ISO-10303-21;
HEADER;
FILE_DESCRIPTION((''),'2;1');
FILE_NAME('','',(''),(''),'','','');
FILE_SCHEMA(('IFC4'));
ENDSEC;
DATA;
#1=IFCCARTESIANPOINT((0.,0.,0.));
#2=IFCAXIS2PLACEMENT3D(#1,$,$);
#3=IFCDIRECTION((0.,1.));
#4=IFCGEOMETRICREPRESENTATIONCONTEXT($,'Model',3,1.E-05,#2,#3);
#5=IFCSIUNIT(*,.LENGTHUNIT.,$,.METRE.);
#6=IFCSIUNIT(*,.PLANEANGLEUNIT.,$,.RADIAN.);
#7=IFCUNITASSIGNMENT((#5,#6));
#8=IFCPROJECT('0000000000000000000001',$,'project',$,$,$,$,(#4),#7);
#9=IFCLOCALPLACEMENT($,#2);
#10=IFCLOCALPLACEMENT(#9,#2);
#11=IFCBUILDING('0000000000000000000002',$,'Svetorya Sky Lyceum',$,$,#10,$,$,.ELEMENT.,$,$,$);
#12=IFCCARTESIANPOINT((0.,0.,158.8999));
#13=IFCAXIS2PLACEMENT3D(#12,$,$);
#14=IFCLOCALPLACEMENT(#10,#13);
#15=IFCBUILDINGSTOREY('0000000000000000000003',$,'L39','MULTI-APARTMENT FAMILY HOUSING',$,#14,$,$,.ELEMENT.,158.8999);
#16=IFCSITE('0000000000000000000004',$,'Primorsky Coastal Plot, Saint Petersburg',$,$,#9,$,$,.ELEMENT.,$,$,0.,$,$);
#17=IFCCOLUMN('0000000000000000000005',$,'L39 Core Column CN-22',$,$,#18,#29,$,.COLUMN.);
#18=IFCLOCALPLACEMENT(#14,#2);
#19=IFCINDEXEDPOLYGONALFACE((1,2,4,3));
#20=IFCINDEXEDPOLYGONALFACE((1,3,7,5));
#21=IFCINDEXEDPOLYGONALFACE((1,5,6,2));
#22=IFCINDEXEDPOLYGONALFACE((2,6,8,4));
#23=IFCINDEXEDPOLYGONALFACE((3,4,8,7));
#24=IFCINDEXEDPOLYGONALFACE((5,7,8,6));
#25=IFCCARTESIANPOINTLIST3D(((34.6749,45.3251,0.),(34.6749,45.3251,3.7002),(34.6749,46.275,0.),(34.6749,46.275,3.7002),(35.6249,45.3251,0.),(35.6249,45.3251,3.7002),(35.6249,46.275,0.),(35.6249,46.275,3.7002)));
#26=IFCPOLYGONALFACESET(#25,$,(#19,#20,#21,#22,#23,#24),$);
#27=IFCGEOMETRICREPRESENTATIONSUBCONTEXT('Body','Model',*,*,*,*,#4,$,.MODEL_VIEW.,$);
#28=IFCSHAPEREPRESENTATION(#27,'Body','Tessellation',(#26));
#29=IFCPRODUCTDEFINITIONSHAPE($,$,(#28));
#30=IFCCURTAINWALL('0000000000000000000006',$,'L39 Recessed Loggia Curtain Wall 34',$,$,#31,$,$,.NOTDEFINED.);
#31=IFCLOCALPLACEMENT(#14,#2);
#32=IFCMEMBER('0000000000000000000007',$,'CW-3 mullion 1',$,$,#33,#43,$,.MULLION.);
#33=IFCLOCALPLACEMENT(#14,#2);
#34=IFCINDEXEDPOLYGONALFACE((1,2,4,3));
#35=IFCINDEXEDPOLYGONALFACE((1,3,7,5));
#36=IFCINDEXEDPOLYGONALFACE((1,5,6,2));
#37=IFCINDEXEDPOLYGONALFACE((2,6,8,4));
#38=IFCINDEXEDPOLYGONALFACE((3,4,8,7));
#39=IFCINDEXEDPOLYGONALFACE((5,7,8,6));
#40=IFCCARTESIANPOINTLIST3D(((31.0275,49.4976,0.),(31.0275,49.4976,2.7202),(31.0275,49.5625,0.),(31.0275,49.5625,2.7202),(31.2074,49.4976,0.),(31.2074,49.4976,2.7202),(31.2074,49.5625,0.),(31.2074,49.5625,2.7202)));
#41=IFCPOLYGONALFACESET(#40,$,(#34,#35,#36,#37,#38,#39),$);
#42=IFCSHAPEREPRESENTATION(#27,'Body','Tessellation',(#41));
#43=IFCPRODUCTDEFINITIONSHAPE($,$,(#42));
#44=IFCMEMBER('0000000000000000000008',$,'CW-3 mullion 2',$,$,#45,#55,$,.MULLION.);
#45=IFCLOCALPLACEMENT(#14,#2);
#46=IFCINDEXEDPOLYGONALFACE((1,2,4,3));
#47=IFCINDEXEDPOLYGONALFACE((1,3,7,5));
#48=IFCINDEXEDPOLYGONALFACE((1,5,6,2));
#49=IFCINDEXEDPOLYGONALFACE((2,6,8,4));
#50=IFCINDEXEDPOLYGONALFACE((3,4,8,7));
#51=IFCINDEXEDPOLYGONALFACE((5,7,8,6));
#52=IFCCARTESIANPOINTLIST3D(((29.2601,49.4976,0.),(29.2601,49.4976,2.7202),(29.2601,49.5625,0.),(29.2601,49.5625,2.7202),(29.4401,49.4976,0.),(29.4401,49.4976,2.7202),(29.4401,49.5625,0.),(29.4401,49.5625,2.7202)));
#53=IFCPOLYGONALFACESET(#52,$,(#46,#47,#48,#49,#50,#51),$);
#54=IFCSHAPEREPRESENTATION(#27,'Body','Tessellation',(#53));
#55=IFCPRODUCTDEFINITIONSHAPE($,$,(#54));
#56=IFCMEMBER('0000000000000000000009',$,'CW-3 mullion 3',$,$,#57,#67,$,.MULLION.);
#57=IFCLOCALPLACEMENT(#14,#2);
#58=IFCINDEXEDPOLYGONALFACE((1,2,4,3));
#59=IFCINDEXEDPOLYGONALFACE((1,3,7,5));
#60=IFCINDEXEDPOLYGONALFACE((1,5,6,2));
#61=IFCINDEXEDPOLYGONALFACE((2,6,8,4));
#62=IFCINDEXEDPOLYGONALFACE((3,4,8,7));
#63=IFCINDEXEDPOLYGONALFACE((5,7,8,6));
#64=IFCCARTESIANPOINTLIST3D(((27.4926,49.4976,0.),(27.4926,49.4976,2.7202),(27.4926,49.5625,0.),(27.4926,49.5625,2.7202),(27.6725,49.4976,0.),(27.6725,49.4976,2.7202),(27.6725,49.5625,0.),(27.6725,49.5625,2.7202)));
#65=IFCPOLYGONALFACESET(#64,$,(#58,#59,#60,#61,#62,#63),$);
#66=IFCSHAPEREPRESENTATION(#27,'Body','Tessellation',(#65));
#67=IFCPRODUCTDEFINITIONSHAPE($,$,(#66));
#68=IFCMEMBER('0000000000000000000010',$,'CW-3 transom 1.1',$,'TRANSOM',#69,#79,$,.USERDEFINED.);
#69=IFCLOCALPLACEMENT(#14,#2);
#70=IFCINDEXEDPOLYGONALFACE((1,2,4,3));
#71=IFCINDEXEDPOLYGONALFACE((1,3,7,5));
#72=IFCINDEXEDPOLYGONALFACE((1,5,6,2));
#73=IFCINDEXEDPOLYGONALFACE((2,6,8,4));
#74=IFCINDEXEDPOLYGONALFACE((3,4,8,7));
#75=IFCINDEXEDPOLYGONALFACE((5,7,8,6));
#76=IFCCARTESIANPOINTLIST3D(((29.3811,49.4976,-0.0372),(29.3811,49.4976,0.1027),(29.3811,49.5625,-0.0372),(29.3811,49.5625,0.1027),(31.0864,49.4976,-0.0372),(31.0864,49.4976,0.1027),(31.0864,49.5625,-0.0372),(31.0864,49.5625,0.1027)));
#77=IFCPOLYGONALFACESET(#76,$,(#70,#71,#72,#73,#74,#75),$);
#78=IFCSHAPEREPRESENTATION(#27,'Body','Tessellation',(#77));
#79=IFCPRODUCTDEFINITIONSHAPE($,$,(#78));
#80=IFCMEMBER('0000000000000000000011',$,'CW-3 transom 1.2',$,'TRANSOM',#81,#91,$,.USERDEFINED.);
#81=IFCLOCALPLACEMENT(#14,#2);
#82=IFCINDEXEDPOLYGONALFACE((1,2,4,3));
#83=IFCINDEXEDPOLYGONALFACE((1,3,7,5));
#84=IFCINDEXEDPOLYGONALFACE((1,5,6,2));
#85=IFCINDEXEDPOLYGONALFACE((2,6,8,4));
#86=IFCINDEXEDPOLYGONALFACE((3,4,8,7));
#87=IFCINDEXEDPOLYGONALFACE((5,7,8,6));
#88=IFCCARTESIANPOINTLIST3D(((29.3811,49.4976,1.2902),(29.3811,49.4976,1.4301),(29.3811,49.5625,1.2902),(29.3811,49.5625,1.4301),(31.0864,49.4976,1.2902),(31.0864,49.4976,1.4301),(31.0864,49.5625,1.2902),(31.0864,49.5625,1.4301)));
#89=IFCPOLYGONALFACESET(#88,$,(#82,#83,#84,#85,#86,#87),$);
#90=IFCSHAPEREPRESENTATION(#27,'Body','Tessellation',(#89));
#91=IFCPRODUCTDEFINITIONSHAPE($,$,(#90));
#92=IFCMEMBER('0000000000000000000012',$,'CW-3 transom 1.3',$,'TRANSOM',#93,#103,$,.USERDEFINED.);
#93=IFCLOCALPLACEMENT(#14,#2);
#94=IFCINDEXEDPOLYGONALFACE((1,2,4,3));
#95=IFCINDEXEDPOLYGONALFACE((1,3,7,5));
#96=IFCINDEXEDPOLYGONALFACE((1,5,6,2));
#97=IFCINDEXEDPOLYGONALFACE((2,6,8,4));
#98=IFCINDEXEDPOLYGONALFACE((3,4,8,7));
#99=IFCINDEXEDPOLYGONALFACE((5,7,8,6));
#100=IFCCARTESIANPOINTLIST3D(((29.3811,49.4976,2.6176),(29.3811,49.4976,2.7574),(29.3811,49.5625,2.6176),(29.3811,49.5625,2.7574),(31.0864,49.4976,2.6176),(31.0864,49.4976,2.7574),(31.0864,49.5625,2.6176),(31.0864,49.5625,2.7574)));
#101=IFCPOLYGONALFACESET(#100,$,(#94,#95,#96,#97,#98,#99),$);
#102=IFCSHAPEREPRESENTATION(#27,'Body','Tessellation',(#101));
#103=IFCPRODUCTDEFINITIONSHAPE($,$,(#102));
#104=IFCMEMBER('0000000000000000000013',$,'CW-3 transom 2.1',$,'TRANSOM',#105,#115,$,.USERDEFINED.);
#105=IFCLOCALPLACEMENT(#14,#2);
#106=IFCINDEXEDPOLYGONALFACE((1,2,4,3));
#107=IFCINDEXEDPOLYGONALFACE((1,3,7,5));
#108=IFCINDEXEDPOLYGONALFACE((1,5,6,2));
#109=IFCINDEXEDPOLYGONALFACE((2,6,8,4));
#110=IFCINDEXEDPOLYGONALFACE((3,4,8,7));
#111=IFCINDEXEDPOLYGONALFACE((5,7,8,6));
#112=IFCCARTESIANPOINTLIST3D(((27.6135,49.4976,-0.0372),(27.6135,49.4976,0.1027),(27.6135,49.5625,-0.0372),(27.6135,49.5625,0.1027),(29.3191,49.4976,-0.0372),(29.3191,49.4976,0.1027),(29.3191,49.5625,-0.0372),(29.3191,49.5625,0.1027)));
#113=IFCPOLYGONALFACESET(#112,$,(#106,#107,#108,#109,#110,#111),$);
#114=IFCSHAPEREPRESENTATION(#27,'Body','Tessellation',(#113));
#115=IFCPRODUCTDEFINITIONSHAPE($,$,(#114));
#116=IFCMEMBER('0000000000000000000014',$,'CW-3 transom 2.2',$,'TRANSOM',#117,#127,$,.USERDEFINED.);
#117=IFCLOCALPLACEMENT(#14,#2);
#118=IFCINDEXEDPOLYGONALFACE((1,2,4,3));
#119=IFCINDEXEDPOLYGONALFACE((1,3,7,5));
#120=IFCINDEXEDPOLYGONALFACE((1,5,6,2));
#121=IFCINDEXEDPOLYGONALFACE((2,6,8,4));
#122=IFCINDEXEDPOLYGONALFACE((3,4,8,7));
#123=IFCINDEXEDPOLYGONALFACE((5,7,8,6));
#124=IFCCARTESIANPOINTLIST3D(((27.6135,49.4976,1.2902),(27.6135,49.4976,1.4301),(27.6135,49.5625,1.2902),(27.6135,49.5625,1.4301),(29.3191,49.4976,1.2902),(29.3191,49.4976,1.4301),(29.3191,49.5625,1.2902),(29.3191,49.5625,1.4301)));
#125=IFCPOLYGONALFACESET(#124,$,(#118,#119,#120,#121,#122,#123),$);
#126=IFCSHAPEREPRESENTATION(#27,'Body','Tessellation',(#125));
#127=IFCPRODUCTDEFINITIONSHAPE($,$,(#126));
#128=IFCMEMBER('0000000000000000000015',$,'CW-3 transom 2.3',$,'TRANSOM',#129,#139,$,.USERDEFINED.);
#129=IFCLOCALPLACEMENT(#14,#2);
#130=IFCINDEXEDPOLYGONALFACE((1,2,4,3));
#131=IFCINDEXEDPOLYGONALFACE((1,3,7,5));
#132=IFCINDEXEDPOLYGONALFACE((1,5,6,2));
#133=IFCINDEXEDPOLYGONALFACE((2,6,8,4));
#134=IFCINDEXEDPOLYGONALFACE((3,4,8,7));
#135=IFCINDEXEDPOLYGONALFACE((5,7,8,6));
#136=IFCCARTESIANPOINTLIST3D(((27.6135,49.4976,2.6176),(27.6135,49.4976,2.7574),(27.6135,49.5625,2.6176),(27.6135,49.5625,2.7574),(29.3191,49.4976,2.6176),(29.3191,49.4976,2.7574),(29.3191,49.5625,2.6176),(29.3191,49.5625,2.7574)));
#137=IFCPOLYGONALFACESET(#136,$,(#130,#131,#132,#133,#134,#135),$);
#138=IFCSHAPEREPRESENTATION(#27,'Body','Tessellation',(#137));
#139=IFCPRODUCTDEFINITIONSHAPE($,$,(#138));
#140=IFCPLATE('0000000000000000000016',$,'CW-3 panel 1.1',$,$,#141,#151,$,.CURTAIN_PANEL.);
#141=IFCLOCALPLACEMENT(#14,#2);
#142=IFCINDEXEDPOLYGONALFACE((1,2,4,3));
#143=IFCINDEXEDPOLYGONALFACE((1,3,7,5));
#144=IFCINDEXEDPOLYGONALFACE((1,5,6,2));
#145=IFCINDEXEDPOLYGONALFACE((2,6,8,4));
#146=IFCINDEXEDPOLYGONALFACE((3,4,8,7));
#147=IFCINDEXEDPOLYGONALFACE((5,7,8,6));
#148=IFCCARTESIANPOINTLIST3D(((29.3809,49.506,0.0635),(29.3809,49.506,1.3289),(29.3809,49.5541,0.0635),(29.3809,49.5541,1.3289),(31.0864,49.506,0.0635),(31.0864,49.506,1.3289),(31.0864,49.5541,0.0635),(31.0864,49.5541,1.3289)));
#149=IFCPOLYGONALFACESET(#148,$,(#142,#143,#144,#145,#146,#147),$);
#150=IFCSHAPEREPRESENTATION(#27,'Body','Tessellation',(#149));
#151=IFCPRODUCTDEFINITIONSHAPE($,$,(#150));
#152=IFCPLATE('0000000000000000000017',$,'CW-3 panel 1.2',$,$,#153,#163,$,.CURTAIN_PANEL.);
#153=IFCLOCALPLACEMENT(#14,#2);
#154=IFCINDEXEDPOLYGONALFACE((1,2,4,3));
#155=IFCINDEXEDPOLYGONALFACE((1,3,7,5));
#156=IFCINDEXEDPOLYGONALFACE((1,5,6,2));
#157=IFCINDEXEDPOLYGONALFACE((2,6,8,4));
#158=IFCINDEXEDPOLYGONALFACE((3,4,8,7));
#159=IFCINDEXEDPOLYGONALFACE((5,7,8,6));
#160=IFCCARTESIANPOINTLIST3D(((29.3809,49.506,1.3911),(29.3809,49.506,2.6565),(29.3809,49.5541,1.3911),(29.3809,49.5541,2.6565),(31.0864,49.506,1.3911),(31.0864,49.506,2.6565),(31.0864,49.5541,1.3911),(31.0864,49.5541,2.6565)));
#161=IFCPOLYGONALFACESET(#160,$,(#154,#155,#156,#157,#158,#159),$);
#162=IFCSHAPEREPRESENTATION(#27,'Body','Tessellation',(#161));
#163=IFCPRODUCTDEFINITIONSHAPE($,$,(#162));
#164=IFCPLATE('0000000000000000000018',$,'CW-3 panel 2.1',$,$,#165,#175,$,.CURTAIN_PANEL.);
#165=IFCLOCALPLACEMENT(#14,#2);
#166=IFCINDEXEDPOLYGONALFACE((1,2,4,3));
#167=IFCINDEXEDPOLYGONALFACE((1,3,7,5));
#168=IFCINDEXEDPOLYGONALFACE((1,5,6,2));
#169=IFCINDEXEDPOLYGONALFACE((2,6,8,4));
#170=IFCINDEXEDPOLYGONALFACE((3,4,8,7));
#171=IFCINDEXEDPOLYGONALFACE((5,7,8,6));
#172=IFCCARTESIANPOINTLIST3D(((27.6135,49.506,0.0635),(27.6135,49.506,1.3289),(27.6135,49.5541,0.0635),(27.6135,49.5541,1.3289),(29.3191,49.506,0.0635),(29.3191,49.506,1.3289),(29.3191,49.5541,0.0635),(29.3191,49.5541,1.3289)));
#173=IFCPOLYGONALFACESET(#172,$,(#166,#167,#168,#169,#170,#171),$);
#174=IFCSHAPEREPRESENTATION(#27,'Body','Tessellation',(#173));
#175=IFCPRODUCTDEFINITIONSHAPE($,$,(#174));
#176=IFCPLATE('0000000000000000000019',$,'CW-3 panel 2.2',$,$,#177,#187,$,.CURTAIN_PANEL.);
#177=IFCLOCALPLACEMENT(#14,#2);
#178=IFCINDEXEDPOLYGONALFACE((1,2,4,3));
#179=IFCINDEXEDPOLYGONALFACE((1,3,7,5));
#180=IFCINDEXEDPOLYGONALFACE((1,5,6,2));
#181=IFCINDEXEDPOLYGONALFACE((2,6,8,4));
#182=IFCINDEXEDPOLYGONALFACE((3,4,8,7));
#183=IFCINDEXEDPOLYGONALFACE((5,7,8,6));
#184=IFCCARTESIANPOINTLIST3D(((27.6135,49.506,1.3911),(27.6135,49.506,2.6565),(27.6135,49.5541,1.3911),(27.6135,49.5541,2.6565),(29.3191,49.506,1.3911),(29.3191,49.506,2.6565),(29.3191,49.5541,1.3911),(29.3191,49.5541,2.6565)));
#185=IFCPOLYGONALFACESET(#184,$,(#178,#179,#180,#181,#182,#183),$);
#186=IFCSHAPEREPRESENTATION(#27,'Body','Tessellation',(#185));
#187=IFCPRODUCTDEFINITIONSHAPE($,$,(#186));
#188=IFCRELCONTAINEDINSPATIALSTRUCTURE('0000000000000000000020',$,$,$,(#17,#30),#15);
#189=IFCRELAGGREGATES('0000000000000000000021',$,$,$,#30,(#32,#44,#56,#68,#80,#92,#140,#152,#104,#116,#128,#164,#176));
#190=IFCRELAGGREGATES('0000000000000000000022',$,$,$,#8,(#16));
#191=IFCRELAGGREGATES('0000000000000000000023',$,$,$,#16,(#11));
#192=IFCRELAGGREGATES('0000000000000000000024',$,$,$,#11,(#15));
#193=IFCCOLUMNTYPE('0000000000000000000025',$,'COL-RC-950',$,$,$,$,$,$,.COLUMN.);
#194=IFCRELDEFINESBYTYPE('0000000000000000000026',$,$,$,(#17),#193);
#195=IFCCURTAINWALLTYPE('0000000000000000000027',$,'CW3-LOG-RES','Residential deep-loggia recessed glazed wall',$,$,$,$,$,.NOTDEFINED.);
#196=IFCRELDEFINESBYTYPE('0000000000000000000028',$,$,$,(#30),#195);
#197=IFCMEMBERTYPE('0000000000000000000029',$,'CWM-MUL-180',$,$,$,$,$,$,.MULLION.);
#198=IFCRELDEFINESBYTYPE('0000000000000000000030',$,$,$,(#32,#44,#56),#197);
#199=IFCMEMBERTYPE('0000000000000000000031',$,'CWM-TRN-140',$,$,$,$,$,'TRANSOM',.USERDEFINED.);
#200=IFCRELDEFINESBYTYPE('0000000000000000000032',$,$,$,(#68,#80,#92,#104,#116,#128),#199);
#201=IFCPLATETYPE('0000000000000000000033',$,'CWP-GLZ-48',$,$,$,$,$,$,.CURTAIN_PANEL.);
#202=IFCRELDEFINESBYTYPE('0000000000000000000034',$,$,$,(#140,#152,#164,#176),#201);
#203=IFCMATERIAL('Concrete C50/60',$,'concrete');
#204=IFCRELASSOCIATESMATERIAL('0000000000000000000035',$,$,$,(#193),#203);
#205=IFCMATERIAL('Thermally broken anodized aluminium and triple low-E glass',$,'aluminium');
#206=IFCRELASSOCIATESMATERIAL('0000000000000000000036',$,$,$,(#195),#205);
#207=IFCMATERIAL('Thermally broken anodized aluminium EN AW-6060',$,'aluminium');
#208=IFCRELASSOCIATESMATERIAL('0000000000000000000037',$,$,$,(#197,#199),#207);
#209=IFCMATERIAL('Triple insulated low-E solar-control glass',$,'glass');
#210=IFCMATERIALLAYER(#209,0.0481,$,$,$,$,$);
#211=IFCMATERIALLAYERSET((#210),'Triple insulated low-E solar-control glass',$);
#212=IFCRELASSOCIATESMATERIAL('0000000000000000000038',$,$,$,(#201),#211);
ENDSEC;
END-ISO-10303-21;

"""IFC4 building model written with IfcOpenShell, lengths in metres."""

from ifc_helpers import new_model, si_unit, direction, frame, origin, origin_2d, place, context, subcontext, project, spatial, rectangle, extrude, material, layer, layer_set, material_profile, profile_set, type_object, element, aggregate, save


model = new_model("IFC4")

# Units and contexts
model_context = context("Model", 3, precision=1e-05, world=origin(), true_north=direction((0.0, 1.0)))
body_context = subcontext(model_context, "Body", "Model", "MODEL_VIEW")
ifc_project = project(units=[si_unit("LENGTHUNIT", "METRE"), si_unit("PLANEANGLEUNIT", "RADIAN")], contexts=[model_context])

# Site, building, storey
site_placement = place(None, origin())
site = spatial("IfcSite", under=ifc_project, at=site_placement, Name="Primorsky Coastal Plot, Saint Petersburg", CompositionType="ELEMENT", RefElevation=0.0)
building_placement = place(site_placement, origin())
building = spatial("IfcBuilding", under=site, at=building_placement, Name="Svetorya Sky Lyceum", CompositionType="ELEMENT")
storey_placement = place(building_placement, frame((0.0, 0.0, 158.8999)))
storey = spatial("IfcBuildingStorey", under=building, at=storey_placement, Name="L39", Description="MULTI-APARTMENT FAMILY HOUSING", CompositionType="ELEMENT", Elevation=158.8999)

# Column
ifc_material_1 = material(Name="Concrete C50/60", Category="concrete")
ifc_material_profile_1 = material_profile(ifc_material_1, rectangle(XDim=0.95, YDim=0.95, at=origin_2d()), Name="RC COL 950x950")
ifc_profile_set_1 = profile_set([ifc_material_profile_1], Name="Concrete C50/60")
column_type = type_object("IfcColumnType", Name="COL-RC-950", PredefinedType="COLUMN", material=ifc_profile_set_1)
column_placement = place(storey_placement, frame((35.1499, 45.8, 0.0), z_axis=(0.0, 0.0, 1.0), x_axis=(1.0, 0.0, 0.0)))
element("IfcColumn", 1, at=column_placement, inside=storey, type_object=column_type, Name="L39 Core Column CN-22", PredefinedType="COLUMN", context=body_context, shape_type="SweptSolid", body=[
    extrude(rectangle(XDim=0.95, YDim=0.95, at=origin_2d()), origin(), (0.0, 0.0, 1.0), 3.7002),
])

# Curtain wall, members, plates
ifc_material_2 = material(Name="Thermally broken anodized aluminium and triple low-E glass", Category="aluminium")
curtain_wall_type = type_object("IfcCurtainWallType", Name="CW3-LOG-RES", Description="Residential deep-loggia recessed glazed wall", PredefinedType="NOTDEFINED", material=ifc_material_2)
curtain_wall_placement = place(storey_placement, origin())
curtain_wall = element("IfcCurtainWall", 2, at=curtain_wall_placement, inside=storey, type_object=curtain_wall_type, Name="L39 Recessed Loggia Curtain Wall 34", PredefinedType="NOTDEFINED")
ifc_material_3 = material(Name="Thermally broken anodized aluminium EN AW-6060", Category="aluminium")
ifc_material_profile_2 = material_profile(ifc_material_3, rectangle(XDim=0.0649, YDim=0.1799, at=origin_2d()), Name="ALU MULLION 65x180")
ifc_profile_set_2 = profile_set([ifc_material_profile_2], Name="Thermally broken anodized aluminium EN AW-6060")
member_type_1 = type_object("IfcMemberType", Name="CWM-MUL-180", PredefinedType="MULLION", material=ifc_profile_set_2)
member_1_placement = place(storey_placement, frame((31.1174, 49.53, 0.0), z_axis=(0.0, 0.0, 1.0), x_axis=(0.0, -1.0, 0.0)))
member_1 = element("IfcMember", 3, at=member_1_placement, type_object=member_type_1, Name="CW-3 mullion 1", PredefinedType="MULLION", context=body_context, shape_type="SweptSolid", body=[
    extrude(rectangle(XDim=0.0649, YDim=0.1799, at=origin_2d()), origin(), (0.0, 0.0, 1.0), 2.7202),
])
member_2_placement = place(storey_placement, frame((29.3501, 49.53, 0.0), z_axis=(0.0, 0.0, 1.0), x_axis=(0.0, -1.0, 0.0)))
member_2 = element("IfcMember", 4, at=member_2_placement, type_object=member_type_1, Name="CW-3 mullion 2", PredefinedType="MULLION", context=body_context, shape_type="SweptSolid", body=[
    extrude(rectangle(XDim=0.0649, YDim=0.1799, at=origin_2d()), origin(), (0.0, 0.0, 1.0), 2.7202),
])
member_3_placement = place(storey_placement, frame((27.5825, 49.53, 0.0), z_axis=(0.0, 0.0, 1.0), x_axis=(0.0, -1.0, 0.0)))
member_3 = element("IfcMember", 5, at=member_3_placement, type_object=member_type_1, Name="CW-3 mullion 3", PredefinedType="MULLION", context=body_context, shape_type="SweptSolid", body=[
    extrude(rectangle(XDim=0.0649, YDim=0.1799, at=origin_2d()), origin(), (0.0, 0.0, 1.0), 2.7202),
])
ifc_material_profile_3 = material_profile(ifc_material_3, rectangle(XDim=0.0649, YDim=0.1399, at=origin_2d()), Name="ALU TRANSOM 65x140")
ifc_profile_set_3 = profile_set([ifc_material_profile_3], Name="Thermally broken anodized aluminium EN AW-6060")
member_type_2 = type_object("IfcMemberType", Name="CWM-TRN-140", ElementType="TRANSOM", PredefinedType="USERDEFINED", material=ifc_profile_set_3)
member_4_placement = place(storey_placement, frame((31.0864, 49.53, 0.0327), z_axis=(-1.0, 0.0, 0.0), x_axis=(0.0, -1.0, 0.0)))
member_4 = element("IfcMember", 6, at=member_4_placement, type_object=member_type_2, Name="CW-3 transom 1.1", ObjectType="TRANSOM", PredefinedType="USERDEFINED", context=body_context, shape_type="SweptSolid", body=[
    extrude(rectangle(XDim=0.0649, YDim=0.1399, at=origin_2d()), origin(), (0.0, 0.0, 1.0), 1.7053),
])
member_5_placement = place(storey_placement, frame((31.0864, 49.53, 1.3601), z_axis=(-1.0, 0.0, 0.0), x_axis=(0.0, -1.0, 0.0)))
member_5 = element("IfcMember", 7, at=member_5_placement, type_object=member_type_2, Name="CW-3 transom 1.2", ObjectType="TRANSOM", PredefinedType="USERDEFINED", context=body_context, shape_type="SweptSolid", body=[
    extrude(rectangle(XDim=0.0649, YDim=0.1399, at=origin_2d()), origin(), (0.0, 0.0, 1.0), 1.7053),
])
member_6_placement = place(storey_placement, frame((31.0864, 49.53, 2.6875), z_axis=(-1.0, 0.0, 0.0), x_axis=(0.0, -1.0, 0.0)))
member_6 = element("IfcMember", 8, at=member_6_placement, type_object=member_type_2, Name="CW-3 transom 1.3", ObjectType="TRANSOM", PredefinedType="USERDEFINED", context=body_context, shape_type="SweptSolid", body=[
    extrude(rectangle(XDim=0.0649, YDim=0.1399, at=origin_2d()), origin(), (0.0, 0.0, 1.0), 1.7053),
])
member_7_placement = place(storey_placement, frame((29.3191, 49.53, 0.0327), z_axis=(-1.0, 0.0, 0.0), x_axis=(0.0, -1.0, 0.0)))
member_7 = element("IfcMember", 9, at=member_7_placement, type_object=member_type_2, Name="CW-3 transom 2.1", ObjectType="TRANSOM", PredefinedType="USERDEFINED", context=body_context, shape_type="SweptSolid", body=[
    extrude(rectangle(XDim=0.0649, YDim=0.1399, at=origin_2d()), origin(), (0.0, 0.0, 1.0), 1.7056),
])
member_8_placement = place(storey_placement, frame((29.3191, 49.53, 1.3601), z_axis=(-1.0, 0.0, 0.0), x_axis=(0.0, -1.0, 0.0)))
member_8 = element("IfcMember", 10, at=member_8_placement, type_object=member_type_2, Name="CW-3 transom 2.2", ObjectType="TRANSOM", PredefinedType="USERDEFINED", context=body_context, shape_type="SweptSolid", body=[
    extrude(rectangle(XDim=0.0649, YDim=0.1399, at=origin_2d()), origin(), (0.0, 0.0, 1.0), 1.7056),
])
member_9_placement = place(storey_placement, frame((29.3191, 49.53, 2.6875), z_axis=(-1.0, 0.0, 0.0), x_axis=(0.0, -1.0, 0.0)))
member_9 = element("IfcMember", 11, at=member_9_placement, type_object=member_type_2, Name="CW-3 transom 2.3", ObjectType="TRANSOM", PredefinedType="USERDEFINED", context=body_context, shape_type="SweptSolid", body=[
    extrude(rectangle(XDim=0.0649, YDim=0.1399, at=origin_2d()), origin(), (0.0, 0.0, 1.0), 1.7056),
])
ifc_material_4 = material(Name="Triple insulated low-E solar-control glass", Category="glass")
ifc_layer_1 = layer(ifc_material_4, 0.0481)
ifc_layer_set_1 = layer_set([ifc_layer_1], Name="Triple insulated low-E solar-control glass")
plate_type = type_object("IfcPlateType", Name="CWP-GLZ-48", PredefinedType="CURTAIN_PANEL", material=ifc_layer_set_1)
plate_1_placement = place(storey_placement, frame((30.2336, 49.53, 0.0635), z_axis=(0.0, 0.0, 1.0), x_axis=(-1.0, 0.0, 0.0)))
plate_1 = element("IfcPlate", 12, at=plate_1_placement, type_object=plate_type, Name="CW-3 panel 1.1", PredefinedType="CURTAIN_PANEL", context=body_context, shape_type="SweptSolid", body=[
    extrude(rectangle(XDim=1.7056, YDim=0.0481, at=origin_2d()), origin(), (0.0, 0.0, 1.0), 1.2654),
])
plate_2_placement = place(storey_placement, frame((30.2336, 49.53, 1.3911), z_axis=(0.0, 0.0, 1.0), x_axis=(-1.0, 0.0, 0.0)))
plate_2 = element("IfcPlate", 13, at=plate_2_placement, type_object=plate_type, Name="CW-3 panel 1.2", PredefinedType="CURTAIN_PANEL", context=body_context, shape_type="SweptSolid", body=[
    extrude(rectangle(XDim=1.7056, YDim=0.0481, at=origin_2d()), origin(), (0.0, 0.0, 1.0), 1.2654),
])
plate_3_placement = place(storey_placement, frame((28.4663, 49.53, 0.0635), z_axis=(0.0, 0.0, 1.0), x_axis=(-1.0, 0.0, 0.0)))
plate_3 = element("IfcPlate", 14, at=plate_3_placement, type_object=plate_type, Name="CW-3 panel 2.1", PredefinedType="CURTAIN_PANEL", context=body_context, shape_type="SweptSolid", body=[
    extrude(rectangle(XDim=1.7056, YDim=0.0481, at=origin_2d()), origin(), (0.0, 0.0, 1.0), 1.2654),
])
plate_4_placement = place(storey_placement, frame((28.4663, 49.53, 1.3911), z_axis=(0.0, 0.0, 1.0), x_axis=(-1.0, 0.0, 0.0)))
plate_4 = element("IfcPlate", 15, at=plate_4_placement, type_object=plate_type, Name="CW-3 panel 2.2", PredefinedType="CURTAIN_PANEL", context=body_context, shape_type="SweptSolid", body=[
    extrude(rectangle(XDim=1.7056, YDim=0.0481, at=origin_2d()), origin(), (0.0, 0.0, 1.0), 1.2654),
])
aggregate(curtain_wall, [member_1, member_2, member_3, member_4, member_5, member_6, plate_1, plate_2, member_7, member_8, member_9, plate_3, plate_4])

save(model, "model.ifc")
